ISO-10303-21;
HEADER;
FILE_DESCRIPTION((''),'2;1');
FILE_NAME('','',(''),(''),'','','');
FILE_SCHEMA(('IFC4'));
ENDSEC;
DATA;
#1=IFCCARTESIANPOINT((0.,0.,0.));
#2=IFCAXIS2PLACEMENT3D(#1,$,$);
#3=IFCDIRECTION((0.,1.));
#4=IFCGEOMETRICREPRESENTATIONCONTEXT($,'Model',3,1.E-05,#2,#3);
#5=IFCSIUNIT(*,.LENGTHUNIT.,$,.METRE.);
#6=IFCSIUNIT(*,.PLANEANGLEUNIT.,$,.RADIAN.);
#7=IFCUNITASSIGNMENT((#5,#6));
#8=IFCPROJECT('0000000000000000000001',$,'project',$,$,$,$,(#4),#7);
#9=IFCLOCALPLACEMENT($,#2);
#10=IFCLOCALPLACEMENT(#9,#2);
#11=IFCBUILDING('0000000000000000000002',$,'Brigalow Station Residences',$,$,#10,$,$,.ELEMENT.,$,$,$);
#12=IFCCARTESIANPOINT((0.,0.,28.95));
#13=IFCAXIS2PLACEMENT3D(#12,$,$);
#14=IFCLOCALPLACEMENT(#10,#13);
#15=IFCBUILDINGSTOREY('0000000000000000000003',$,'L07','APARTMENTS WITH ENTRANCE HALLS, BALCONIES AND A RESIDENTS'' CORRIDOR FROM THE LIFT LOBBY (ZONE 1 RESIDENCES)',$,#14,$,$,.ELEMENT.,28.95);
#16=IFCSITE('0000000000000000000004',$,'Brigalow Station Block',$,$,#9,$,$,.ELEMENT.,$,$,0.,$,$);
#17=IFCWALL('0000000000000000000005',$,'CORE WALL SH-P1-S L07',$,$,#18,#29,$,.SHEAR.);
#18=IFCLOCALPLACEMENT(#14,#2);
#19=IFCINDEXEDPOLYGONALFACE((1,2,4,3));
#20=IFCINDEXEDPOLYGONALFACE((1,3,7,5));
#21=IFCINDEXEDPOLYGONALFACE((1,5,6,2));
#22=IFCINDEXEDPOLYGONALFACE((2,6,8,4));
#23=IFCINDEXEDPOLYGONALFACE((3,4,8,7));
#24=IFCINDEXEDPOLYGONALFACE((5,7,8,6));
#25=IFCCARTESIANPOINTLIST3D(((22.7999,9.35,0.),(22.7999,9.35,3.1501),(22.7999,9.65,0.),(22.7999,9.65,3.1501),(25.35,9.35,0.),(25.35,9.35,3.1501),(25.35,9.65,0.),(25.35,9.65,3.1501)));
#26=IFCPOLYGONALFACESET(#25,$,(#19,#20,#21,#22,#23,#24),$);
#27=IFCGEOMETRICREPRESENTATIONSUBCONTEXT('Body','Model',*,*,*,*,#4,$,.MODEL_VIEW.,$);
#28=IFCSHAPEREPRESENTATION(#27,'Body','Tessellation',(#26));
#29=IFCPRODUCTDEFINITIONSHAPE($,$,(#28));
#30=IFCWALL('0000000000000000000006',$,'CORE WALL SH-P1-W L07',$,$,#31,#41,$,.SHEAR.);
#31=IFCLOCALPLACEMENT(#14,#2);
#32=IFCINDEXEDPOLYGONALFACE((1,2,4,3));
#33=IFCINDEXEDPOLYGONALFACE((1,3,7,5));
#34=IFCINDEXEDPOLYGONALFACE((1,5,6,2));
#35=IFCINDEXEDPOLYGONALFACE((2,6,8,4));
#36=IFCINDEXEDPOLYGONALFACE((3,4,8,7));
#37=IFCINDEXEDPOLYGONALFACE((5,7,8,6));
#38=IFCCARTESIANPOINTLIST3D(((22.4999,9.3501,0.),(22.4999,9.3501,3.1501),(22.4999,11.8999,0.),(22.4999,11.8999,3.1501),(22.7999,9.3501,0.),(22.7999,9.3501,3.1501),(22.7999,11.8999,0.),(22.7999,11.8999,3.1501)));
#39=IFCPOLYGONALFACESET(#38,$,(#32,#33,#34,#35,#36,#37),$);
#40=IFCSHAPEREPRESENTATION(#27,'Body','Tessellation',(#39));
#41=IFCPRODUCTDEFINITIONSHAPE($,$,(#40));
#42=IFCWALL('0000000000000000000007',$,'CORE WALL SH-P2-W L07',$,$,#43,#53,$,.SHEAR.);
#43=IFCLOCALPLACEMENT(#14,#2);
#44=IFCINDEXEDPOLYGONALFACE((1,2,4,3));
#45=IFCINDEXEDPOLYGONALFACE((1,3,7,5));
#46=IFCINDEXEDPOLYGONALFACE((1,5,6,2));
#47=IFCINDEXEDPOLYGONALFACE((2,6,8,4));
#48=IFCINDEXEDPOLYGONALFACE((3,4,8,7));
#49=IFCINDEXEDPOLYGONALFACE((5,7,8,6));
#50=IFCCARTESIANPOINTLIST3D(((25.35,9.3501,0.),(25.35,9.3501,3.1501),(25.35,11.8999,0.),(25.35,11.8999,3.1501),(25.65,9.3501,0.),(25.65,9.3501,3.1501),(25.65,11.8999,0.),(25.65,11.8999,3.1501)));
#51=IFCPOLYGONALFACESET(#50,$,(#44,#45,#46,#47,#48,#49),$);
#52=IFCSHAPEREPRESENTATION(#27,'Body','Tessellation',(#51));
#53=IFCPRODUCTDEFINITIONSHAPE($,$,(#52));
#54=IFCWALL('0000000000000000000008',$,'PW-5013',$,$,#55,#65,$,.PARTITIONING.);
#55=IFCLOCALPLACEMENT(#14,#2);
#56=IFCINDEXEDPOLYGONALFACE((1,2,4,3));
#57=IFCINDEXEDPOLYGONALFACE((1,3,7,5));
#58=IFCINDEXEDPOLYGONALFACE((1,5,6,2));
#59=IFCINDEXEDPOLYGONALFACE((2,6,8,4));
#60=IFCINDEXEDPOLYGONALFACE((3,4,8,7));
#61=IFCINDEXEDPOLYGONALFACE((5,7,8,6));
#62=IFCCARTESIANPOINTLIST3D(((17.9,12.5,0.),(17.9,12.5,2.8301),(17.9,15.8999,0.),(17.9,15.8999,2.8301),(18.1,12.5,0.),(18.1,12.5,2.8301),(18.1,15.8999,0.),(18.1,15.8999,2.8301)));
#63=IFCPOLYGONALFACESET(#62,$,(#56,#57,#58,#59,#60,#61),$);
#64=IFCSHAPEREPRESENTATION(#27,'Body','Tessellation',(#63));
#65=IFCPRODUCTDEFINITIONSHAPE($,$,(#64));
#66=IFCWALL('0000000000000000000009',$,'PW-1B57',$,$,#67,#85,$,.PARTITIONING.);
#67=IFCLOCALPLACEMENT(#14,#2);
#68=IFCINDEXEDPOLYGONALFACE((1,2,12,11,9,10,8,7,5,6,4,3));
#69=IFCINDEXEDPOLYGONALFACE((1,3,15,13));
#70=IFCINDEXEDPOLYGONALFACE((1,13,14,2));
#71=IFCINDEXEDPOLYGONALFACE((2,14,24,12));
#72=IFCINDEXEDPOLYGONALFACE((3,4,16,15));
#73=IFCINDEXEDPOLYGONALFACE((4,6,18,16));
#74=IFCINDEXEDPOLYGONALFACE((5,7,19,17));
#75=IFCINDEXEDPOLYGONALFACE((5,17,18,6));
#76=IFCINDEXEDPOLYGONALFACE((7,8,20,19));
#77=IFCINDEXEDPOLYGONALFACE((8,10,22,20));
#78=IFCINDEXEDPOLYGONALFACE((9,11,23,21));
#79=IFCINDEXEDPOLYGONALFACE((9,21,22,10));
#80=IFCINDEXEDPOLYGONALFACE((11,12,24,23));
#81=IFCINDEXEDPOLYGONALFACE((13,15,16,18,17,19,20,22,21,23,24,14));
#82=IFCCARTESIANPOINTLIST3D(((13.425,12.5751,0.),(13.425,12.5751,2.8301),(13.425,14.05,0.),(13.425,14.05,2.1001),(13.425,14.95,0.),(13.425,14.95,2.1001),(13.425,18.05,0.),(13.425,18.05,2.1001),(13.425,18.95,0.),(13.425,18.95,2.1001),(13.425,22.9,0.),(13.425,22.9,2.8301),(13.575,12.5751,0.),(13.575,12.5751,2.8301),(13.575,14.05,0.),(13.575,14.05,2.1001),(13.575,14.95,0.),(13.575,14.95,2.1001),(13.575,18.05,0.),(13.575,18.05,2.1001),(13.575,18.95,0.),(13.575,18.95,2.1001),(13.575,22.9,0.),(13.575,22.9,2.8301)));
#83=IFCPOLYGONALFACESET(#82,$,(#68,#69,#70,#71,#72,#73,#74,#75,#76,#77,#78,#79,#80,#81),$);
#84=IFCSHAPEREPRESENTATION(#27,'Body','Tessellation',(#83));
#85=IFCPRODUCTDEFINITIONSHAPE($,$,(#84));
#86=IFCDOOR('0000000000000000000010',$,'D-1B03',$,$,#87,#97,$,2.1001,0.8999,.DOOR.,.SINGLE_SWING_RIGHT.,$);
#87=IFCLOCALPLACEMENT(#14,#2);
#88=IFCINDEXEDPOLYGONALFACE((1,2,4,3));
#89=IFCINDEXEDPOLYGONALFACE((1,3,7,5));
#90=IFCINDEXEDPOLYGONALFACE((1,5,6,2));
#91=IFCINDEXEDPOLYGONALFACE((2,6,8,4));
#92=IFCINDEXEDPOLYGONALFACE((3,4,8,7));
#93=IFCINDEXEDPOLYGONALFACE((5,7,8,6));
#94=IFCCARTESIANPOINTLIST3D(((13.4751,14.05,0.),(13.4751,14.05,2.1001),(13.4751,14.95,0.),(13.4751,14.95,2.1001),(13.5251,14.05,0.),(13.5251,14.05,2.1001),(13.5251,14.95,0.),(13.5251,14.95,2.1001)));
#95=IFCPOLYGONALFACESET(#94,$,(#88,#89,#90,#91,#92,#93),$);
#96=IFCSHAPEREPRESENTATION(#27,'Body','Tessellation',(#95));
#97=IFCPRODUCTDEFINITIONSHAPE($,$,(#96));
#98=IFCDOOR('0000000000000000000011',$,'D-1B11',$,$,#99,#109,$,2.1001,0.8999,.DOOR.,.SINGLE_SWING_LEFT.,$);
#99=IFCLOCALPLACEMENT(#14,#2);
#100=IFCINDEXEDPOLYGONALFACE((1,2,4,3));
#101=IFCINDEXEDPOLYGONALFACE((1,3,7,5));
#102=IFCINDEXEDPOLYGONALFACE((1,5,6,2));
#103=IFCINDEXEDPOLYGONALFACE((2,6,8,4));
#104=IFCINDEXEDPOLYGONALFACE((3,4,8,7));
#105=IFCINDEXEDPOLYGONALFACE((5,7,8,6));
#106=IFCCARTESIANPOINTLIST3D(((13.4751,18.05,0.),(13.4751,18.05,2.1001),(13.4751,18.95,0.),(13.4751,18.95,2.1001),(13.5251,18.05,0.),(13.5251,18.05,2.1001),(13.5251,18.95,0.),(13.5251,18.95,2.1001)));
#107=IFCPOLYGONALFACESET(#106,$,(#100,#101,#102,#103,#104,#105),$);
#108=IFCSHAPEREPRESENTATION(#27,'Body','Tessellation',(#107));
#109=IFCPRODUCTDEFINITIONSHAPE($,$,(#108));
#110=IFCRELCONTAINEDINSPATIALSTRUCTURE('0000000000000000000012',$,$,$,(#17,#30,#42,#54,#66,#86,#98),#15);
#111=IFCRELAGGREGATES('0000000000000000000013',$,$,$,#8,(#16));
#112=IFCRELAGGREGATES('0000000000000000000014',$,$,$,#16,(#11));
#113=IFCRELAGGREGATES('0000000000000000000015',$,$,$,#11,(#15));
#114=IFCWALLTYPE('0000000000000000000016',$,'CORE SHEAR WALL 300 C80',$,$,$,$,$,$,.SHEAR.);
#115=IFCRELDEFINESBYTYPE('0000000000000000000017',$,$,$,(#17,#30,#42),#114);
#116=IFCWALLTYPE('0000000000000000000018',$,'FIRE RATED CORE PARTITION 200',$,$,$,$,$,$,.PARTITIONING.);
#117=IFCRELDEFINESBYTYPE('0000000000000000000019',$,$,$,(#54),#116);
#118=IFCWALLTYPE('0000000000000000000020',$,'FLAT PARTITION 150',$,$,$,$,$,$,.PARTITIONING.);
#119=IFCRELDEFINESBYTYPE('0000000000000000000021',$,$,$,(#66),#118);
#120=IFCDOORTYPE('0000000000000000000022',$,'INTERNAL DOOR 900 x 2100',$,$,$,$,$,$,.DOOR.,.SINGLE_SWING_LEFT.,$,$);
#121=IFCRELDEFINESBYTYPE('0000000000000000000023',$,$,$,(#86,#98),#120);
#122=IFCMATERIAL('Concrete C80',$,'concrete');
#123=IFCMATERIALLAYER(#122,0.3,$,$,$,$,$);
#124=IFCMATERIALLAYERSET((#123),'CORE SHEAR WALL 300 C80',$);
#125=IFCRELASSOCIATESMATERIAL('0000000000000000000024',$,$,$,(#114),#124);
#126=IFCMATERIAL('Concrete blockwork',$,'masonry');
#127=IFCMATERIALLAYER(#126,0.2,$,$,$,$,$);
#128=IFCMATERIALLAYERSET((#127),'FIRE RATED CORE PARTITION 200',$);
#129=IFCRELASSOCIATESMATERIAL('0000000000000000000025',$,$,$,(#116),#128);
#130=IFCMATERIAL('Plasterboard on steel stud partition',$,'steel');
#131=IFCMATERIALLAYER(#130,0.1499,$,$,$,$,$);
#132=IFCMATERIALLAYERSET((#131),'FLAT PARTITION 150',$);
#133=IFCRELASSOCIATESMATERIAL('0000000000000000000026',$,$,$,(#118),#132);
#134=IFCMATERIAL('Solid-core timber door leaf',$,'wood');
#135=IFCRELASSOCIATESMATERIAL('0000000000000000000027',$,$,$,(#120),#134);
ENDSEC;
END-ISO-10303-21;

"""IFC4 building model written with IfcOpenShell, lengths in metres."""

from ifc_helpers import new_model, si_unit, direction, frame, frame_2d, origin, place, context, subcontext, project, spatial, rectangle, extrude, material, layer, layer_set, type_object, element, fill, save


model = new_model("IFC4")

# Units and contexts
model_context = context("Model", 3, precision=1e-05, world=origin(), true_north=direction((0.0, 1.0)))
body_context = subcontext(model_context, "Body", "Model", "MODEL_VIEW")
ifc_project = project(units=[si_unit("LENGTHUNIT", "METRE"), si_unit("PLANEANGLEUNIT", "RADIAN")], contexts=[model_context])

# Site, building, storey
site_placement = place(None, origin())
site = spatial("IfcSite", under=ifc_project, at=site_placement, Name="Brigalow Station Block", CompositionType="ELEMENT", RefElevation=0.0)
building_placement = place(site_placement, origin())
building = spatial("IfcBuilding", under=site, at=building_placement, Name="Brigalow Station Residences", CompositionType="ELEMENT")
storey_placement = place(building_placement, frame((0.0, 0.0, 28.95)))
storey = spatial("IfcBuildingStorey", under=building, at=storey_placement, Name="L07", Description="APARTMENTS WITH ENTRANCE HALLS, BALCONIES AND A RESIDENTS' CORRIDOR FROM THE LIFT LOBBY (ZONE 1 RESIDENCES)", CompositionType="ELEMENT", Elevation=28.95)

# Walls
ifc_material_1 = material(Name="Concrete C80", Category="concrete")
ifc_layer_1 = layer(ifc_material_1, 0.3)
ifc_layer_set_1 = layer_set([ifc_layer_1], Name="CORE SHEAR WALL 300 C80")
wall_type_1 = type_object("IfcWallType", Name="CORE SHEAR WALL 300 C80", PredefinedType="SHEAR", material=ifc_layer_set_1)
wall_1_placement = place(storey_placement, frame((22.8, 9.5, 0.0), z_axis=(0.0, 0.0, 1.0), x_axis=(1.0, 0.0, 0.0)))
element("IfcWall", 1, at=wall_1_placement, inside=storey, type_object=wall_type_1, Name="CORE WALL SH-P1-S L07", PredefinedType="SHEAR", context=body_context, shape_type="SweptSolid", body=[
    extrude(rectangle(XDim=2.55, YDim=0.3, at=frame_2d((1.2749, 0.0))), origin(), (0.0, 0.0, 1.0), 3.1501),
])
for number, where, z_axis, x_axis, name in (
    (2, (22.6499, 9.3501, 0.0), (0.0, 0.0, 1.0), (0.0, 1.0, 0.0), "CORE WALL SH-P1-W L07"),
    (3, (25.5, 9.3501, 0.0), (0.0, 0.0, 1.0), (0.0, 1.0, 0.0), "CORE WALL SH-P2-W L07"),
):
    element("IfcWall", number, at=place(storey_placement, frame(where, z_axis=z_axis, x_axis=x_axis)), inside=storey, type_object=wall_type_1, Name=name, PredefinedType="SHEAR", context=body_context, shape_type="SweptSolid", body=[
        extrude(rectangle(XDim=2.5498, YDim=0.3, at=frame_2d((1.2749, 0.0))), origin(), (0.0, 0.0, 1.0), 3.1501),
    ])

# Wall
ifc_material_2 = material(Name="Concrete blockwork", Category="masonry")
ifc_layer_2 = layer(ifc_material_2, 0.2)
ifc_layer_set_2 = layer_set([ifc_layer_2], Name="FIRE RATED CORE PARTITION 200")
wall_type_2 = type_object("IfcWallType", Name="FIRE RATED CORE PARTITION 200", PredefinedType="PARTITIONING", material=ifc_layer_set_2)
wall_2_placement = place(storey_placement, frame((18.0, 12.5, 0.0), z_axis=(0.0, 0.0, 1.0), x_axis=(0.0, 1.0, 0.0)))
element("IfcWall", 4, at=wall_2_placement, inside=storey, type_object=wall_type_2, Name="PW-5013", PredefinedType="PARTITIONING", context=body_context, shape_type="SweptSolid", body=[
    extrude(rectangle(XDim=3.3999, YDim=0.2, at=frame_2d((1.7, 0.0))), origin(), (0.0, 0.0, 1.0), 2.8301),
])

# Wall, openings, doors
ifc_material_3 = material(Name="Plasterboard on steel stud partition", Category="steel")
ifc_layer_3 = layer(ifc_material_3, 0.1499)
ifc_layer_set_3 = layer_set([ifc_layer_3], Name="FLAT PARTITION 150")
wall_type_3 = type_object("IfcWallType", Name="FLAT PARTITION 150", PredefinedType="PARTITIONING", material=ifc_layer_set_3)
wall_3_placement = place(storey_placement, frame((13.5, 12.575, 0.0), z_axis=(0.0, 0.0, 1.0), x_axis=(0.0, 1.0, 0.0)))
wall_3 = element("IfcWall", 5, at=wall_3_placement, inside=storey, type_object=wall_type_3, Name="PW-1B57", PredefinedType="PARTITIONING", context=body_context, shape_type="SweptSolid", body=[
    extrude(rectangle(XDim=10.325, YDim=0.1499, at=frame_2d((5.1626, 0.0))), origin(), (0.0, 0.0, 1.0), 2.8301),
])
opening_1_placement = place(wall_3_placement, frame((1.4751, 0.0, 0.0)))
opening_1 = element("IfcOpeningElement", 6, at=opening_1_placement, cuts=wall_3, PredefinedType="OPENING", context=body_context, shape_type="SweptSolid", body=[
    extrude(rectangle(XDim=0.8999, YDim=2.1001, at=frame_2d((0.45, 1.05))), frame((0.0, 0.085, 0.0), z_axis=(0.0, -1.0, 0.0), x_axis=(1.0, 0.0, 0.0)), (0.0, 0.0, 1.0), 0.1699),
])
opening_2_placement = place(wall_3_placement, frame((5.4751, 0.0, 0.0)))
opening_2 = element("IfcOpeningElement", 7, at=opening_2_placement, cuts=wall_3, PredefinedType="OPENING", context=body_context, shape_type="SweptSolid", body=[
    extrude(rectangle(XDim=0.8999, YDim=2.1001, at=frame_2d((0.45, 1.05))), frame((0.0, 0.085, 0.0), z_axis=(0.0, -1.0, 0.0), x_axis=(1.0, 0.0, 0.0)), (0.0, 0.0, 1.0), 0.1699),
])
ifc_material_4 = material(Name="Solid-core timber door leaf", Category="wood")
door_type_1 = type_object("IfcDoorType", Name="INTERNAL DOOR 900 x 2100", OperationType="SINGLE_SWING_LEFT", PredefinedType="DOOR", material=ifc_material_4)
door_1_placement = place(opening_1_placement, origin())
door_1 = element("IfcDoor", 8, at=door_1_placement, inside=storey, type_object=door_type_1, Name="D-1B03", OperationType="SINGLE_SWING_RIGHT", OverallHeight=2.1001, OverallWidth=0.8999, PredefinedType="DOOR", context=body_context, shape_type="SweptSolid", body=[
    extrude(rectangle(XDim=0.8999, YDim=2.1001, at=frame_2d((0.45, 1.05))), frame((0.0, 0.0249, 0.0), z_axis=(0.0, -1.0, 0.0), x_axis=(1.0, 0.0, 0.0)), (0.0, 0.0, 1.0), 0.05),
])
fill(opening_1, door_1)
door_2_placement = place(opening_2_placement, origin())
door_2 = element("IfcDoor", 9, at=door_2_placement, inside=storey, type_object=door_type_1, Name="D-1B11", OperationType="SINGLE_SWING_LEFT", OverallHeight=2.1001, OverallWidth=0.8999, PredefinedType="DOOR", context=body_context, shape_type="SweptSolid", body=[
    extrude(rectangle(XDim=0.8999, YDim=2.1001, at=frame_2d((0.45, 1.05))), frame((0.0, 0.0249, 0.0), z_axis=(0.0, -1.0, 0.0), x_axis=(1.0, 0.0, 0.0)), (0.0, 0.0, 1.0), 0.05),
])
fill(opening_2, door_2)

save(model, "model.ifc")
